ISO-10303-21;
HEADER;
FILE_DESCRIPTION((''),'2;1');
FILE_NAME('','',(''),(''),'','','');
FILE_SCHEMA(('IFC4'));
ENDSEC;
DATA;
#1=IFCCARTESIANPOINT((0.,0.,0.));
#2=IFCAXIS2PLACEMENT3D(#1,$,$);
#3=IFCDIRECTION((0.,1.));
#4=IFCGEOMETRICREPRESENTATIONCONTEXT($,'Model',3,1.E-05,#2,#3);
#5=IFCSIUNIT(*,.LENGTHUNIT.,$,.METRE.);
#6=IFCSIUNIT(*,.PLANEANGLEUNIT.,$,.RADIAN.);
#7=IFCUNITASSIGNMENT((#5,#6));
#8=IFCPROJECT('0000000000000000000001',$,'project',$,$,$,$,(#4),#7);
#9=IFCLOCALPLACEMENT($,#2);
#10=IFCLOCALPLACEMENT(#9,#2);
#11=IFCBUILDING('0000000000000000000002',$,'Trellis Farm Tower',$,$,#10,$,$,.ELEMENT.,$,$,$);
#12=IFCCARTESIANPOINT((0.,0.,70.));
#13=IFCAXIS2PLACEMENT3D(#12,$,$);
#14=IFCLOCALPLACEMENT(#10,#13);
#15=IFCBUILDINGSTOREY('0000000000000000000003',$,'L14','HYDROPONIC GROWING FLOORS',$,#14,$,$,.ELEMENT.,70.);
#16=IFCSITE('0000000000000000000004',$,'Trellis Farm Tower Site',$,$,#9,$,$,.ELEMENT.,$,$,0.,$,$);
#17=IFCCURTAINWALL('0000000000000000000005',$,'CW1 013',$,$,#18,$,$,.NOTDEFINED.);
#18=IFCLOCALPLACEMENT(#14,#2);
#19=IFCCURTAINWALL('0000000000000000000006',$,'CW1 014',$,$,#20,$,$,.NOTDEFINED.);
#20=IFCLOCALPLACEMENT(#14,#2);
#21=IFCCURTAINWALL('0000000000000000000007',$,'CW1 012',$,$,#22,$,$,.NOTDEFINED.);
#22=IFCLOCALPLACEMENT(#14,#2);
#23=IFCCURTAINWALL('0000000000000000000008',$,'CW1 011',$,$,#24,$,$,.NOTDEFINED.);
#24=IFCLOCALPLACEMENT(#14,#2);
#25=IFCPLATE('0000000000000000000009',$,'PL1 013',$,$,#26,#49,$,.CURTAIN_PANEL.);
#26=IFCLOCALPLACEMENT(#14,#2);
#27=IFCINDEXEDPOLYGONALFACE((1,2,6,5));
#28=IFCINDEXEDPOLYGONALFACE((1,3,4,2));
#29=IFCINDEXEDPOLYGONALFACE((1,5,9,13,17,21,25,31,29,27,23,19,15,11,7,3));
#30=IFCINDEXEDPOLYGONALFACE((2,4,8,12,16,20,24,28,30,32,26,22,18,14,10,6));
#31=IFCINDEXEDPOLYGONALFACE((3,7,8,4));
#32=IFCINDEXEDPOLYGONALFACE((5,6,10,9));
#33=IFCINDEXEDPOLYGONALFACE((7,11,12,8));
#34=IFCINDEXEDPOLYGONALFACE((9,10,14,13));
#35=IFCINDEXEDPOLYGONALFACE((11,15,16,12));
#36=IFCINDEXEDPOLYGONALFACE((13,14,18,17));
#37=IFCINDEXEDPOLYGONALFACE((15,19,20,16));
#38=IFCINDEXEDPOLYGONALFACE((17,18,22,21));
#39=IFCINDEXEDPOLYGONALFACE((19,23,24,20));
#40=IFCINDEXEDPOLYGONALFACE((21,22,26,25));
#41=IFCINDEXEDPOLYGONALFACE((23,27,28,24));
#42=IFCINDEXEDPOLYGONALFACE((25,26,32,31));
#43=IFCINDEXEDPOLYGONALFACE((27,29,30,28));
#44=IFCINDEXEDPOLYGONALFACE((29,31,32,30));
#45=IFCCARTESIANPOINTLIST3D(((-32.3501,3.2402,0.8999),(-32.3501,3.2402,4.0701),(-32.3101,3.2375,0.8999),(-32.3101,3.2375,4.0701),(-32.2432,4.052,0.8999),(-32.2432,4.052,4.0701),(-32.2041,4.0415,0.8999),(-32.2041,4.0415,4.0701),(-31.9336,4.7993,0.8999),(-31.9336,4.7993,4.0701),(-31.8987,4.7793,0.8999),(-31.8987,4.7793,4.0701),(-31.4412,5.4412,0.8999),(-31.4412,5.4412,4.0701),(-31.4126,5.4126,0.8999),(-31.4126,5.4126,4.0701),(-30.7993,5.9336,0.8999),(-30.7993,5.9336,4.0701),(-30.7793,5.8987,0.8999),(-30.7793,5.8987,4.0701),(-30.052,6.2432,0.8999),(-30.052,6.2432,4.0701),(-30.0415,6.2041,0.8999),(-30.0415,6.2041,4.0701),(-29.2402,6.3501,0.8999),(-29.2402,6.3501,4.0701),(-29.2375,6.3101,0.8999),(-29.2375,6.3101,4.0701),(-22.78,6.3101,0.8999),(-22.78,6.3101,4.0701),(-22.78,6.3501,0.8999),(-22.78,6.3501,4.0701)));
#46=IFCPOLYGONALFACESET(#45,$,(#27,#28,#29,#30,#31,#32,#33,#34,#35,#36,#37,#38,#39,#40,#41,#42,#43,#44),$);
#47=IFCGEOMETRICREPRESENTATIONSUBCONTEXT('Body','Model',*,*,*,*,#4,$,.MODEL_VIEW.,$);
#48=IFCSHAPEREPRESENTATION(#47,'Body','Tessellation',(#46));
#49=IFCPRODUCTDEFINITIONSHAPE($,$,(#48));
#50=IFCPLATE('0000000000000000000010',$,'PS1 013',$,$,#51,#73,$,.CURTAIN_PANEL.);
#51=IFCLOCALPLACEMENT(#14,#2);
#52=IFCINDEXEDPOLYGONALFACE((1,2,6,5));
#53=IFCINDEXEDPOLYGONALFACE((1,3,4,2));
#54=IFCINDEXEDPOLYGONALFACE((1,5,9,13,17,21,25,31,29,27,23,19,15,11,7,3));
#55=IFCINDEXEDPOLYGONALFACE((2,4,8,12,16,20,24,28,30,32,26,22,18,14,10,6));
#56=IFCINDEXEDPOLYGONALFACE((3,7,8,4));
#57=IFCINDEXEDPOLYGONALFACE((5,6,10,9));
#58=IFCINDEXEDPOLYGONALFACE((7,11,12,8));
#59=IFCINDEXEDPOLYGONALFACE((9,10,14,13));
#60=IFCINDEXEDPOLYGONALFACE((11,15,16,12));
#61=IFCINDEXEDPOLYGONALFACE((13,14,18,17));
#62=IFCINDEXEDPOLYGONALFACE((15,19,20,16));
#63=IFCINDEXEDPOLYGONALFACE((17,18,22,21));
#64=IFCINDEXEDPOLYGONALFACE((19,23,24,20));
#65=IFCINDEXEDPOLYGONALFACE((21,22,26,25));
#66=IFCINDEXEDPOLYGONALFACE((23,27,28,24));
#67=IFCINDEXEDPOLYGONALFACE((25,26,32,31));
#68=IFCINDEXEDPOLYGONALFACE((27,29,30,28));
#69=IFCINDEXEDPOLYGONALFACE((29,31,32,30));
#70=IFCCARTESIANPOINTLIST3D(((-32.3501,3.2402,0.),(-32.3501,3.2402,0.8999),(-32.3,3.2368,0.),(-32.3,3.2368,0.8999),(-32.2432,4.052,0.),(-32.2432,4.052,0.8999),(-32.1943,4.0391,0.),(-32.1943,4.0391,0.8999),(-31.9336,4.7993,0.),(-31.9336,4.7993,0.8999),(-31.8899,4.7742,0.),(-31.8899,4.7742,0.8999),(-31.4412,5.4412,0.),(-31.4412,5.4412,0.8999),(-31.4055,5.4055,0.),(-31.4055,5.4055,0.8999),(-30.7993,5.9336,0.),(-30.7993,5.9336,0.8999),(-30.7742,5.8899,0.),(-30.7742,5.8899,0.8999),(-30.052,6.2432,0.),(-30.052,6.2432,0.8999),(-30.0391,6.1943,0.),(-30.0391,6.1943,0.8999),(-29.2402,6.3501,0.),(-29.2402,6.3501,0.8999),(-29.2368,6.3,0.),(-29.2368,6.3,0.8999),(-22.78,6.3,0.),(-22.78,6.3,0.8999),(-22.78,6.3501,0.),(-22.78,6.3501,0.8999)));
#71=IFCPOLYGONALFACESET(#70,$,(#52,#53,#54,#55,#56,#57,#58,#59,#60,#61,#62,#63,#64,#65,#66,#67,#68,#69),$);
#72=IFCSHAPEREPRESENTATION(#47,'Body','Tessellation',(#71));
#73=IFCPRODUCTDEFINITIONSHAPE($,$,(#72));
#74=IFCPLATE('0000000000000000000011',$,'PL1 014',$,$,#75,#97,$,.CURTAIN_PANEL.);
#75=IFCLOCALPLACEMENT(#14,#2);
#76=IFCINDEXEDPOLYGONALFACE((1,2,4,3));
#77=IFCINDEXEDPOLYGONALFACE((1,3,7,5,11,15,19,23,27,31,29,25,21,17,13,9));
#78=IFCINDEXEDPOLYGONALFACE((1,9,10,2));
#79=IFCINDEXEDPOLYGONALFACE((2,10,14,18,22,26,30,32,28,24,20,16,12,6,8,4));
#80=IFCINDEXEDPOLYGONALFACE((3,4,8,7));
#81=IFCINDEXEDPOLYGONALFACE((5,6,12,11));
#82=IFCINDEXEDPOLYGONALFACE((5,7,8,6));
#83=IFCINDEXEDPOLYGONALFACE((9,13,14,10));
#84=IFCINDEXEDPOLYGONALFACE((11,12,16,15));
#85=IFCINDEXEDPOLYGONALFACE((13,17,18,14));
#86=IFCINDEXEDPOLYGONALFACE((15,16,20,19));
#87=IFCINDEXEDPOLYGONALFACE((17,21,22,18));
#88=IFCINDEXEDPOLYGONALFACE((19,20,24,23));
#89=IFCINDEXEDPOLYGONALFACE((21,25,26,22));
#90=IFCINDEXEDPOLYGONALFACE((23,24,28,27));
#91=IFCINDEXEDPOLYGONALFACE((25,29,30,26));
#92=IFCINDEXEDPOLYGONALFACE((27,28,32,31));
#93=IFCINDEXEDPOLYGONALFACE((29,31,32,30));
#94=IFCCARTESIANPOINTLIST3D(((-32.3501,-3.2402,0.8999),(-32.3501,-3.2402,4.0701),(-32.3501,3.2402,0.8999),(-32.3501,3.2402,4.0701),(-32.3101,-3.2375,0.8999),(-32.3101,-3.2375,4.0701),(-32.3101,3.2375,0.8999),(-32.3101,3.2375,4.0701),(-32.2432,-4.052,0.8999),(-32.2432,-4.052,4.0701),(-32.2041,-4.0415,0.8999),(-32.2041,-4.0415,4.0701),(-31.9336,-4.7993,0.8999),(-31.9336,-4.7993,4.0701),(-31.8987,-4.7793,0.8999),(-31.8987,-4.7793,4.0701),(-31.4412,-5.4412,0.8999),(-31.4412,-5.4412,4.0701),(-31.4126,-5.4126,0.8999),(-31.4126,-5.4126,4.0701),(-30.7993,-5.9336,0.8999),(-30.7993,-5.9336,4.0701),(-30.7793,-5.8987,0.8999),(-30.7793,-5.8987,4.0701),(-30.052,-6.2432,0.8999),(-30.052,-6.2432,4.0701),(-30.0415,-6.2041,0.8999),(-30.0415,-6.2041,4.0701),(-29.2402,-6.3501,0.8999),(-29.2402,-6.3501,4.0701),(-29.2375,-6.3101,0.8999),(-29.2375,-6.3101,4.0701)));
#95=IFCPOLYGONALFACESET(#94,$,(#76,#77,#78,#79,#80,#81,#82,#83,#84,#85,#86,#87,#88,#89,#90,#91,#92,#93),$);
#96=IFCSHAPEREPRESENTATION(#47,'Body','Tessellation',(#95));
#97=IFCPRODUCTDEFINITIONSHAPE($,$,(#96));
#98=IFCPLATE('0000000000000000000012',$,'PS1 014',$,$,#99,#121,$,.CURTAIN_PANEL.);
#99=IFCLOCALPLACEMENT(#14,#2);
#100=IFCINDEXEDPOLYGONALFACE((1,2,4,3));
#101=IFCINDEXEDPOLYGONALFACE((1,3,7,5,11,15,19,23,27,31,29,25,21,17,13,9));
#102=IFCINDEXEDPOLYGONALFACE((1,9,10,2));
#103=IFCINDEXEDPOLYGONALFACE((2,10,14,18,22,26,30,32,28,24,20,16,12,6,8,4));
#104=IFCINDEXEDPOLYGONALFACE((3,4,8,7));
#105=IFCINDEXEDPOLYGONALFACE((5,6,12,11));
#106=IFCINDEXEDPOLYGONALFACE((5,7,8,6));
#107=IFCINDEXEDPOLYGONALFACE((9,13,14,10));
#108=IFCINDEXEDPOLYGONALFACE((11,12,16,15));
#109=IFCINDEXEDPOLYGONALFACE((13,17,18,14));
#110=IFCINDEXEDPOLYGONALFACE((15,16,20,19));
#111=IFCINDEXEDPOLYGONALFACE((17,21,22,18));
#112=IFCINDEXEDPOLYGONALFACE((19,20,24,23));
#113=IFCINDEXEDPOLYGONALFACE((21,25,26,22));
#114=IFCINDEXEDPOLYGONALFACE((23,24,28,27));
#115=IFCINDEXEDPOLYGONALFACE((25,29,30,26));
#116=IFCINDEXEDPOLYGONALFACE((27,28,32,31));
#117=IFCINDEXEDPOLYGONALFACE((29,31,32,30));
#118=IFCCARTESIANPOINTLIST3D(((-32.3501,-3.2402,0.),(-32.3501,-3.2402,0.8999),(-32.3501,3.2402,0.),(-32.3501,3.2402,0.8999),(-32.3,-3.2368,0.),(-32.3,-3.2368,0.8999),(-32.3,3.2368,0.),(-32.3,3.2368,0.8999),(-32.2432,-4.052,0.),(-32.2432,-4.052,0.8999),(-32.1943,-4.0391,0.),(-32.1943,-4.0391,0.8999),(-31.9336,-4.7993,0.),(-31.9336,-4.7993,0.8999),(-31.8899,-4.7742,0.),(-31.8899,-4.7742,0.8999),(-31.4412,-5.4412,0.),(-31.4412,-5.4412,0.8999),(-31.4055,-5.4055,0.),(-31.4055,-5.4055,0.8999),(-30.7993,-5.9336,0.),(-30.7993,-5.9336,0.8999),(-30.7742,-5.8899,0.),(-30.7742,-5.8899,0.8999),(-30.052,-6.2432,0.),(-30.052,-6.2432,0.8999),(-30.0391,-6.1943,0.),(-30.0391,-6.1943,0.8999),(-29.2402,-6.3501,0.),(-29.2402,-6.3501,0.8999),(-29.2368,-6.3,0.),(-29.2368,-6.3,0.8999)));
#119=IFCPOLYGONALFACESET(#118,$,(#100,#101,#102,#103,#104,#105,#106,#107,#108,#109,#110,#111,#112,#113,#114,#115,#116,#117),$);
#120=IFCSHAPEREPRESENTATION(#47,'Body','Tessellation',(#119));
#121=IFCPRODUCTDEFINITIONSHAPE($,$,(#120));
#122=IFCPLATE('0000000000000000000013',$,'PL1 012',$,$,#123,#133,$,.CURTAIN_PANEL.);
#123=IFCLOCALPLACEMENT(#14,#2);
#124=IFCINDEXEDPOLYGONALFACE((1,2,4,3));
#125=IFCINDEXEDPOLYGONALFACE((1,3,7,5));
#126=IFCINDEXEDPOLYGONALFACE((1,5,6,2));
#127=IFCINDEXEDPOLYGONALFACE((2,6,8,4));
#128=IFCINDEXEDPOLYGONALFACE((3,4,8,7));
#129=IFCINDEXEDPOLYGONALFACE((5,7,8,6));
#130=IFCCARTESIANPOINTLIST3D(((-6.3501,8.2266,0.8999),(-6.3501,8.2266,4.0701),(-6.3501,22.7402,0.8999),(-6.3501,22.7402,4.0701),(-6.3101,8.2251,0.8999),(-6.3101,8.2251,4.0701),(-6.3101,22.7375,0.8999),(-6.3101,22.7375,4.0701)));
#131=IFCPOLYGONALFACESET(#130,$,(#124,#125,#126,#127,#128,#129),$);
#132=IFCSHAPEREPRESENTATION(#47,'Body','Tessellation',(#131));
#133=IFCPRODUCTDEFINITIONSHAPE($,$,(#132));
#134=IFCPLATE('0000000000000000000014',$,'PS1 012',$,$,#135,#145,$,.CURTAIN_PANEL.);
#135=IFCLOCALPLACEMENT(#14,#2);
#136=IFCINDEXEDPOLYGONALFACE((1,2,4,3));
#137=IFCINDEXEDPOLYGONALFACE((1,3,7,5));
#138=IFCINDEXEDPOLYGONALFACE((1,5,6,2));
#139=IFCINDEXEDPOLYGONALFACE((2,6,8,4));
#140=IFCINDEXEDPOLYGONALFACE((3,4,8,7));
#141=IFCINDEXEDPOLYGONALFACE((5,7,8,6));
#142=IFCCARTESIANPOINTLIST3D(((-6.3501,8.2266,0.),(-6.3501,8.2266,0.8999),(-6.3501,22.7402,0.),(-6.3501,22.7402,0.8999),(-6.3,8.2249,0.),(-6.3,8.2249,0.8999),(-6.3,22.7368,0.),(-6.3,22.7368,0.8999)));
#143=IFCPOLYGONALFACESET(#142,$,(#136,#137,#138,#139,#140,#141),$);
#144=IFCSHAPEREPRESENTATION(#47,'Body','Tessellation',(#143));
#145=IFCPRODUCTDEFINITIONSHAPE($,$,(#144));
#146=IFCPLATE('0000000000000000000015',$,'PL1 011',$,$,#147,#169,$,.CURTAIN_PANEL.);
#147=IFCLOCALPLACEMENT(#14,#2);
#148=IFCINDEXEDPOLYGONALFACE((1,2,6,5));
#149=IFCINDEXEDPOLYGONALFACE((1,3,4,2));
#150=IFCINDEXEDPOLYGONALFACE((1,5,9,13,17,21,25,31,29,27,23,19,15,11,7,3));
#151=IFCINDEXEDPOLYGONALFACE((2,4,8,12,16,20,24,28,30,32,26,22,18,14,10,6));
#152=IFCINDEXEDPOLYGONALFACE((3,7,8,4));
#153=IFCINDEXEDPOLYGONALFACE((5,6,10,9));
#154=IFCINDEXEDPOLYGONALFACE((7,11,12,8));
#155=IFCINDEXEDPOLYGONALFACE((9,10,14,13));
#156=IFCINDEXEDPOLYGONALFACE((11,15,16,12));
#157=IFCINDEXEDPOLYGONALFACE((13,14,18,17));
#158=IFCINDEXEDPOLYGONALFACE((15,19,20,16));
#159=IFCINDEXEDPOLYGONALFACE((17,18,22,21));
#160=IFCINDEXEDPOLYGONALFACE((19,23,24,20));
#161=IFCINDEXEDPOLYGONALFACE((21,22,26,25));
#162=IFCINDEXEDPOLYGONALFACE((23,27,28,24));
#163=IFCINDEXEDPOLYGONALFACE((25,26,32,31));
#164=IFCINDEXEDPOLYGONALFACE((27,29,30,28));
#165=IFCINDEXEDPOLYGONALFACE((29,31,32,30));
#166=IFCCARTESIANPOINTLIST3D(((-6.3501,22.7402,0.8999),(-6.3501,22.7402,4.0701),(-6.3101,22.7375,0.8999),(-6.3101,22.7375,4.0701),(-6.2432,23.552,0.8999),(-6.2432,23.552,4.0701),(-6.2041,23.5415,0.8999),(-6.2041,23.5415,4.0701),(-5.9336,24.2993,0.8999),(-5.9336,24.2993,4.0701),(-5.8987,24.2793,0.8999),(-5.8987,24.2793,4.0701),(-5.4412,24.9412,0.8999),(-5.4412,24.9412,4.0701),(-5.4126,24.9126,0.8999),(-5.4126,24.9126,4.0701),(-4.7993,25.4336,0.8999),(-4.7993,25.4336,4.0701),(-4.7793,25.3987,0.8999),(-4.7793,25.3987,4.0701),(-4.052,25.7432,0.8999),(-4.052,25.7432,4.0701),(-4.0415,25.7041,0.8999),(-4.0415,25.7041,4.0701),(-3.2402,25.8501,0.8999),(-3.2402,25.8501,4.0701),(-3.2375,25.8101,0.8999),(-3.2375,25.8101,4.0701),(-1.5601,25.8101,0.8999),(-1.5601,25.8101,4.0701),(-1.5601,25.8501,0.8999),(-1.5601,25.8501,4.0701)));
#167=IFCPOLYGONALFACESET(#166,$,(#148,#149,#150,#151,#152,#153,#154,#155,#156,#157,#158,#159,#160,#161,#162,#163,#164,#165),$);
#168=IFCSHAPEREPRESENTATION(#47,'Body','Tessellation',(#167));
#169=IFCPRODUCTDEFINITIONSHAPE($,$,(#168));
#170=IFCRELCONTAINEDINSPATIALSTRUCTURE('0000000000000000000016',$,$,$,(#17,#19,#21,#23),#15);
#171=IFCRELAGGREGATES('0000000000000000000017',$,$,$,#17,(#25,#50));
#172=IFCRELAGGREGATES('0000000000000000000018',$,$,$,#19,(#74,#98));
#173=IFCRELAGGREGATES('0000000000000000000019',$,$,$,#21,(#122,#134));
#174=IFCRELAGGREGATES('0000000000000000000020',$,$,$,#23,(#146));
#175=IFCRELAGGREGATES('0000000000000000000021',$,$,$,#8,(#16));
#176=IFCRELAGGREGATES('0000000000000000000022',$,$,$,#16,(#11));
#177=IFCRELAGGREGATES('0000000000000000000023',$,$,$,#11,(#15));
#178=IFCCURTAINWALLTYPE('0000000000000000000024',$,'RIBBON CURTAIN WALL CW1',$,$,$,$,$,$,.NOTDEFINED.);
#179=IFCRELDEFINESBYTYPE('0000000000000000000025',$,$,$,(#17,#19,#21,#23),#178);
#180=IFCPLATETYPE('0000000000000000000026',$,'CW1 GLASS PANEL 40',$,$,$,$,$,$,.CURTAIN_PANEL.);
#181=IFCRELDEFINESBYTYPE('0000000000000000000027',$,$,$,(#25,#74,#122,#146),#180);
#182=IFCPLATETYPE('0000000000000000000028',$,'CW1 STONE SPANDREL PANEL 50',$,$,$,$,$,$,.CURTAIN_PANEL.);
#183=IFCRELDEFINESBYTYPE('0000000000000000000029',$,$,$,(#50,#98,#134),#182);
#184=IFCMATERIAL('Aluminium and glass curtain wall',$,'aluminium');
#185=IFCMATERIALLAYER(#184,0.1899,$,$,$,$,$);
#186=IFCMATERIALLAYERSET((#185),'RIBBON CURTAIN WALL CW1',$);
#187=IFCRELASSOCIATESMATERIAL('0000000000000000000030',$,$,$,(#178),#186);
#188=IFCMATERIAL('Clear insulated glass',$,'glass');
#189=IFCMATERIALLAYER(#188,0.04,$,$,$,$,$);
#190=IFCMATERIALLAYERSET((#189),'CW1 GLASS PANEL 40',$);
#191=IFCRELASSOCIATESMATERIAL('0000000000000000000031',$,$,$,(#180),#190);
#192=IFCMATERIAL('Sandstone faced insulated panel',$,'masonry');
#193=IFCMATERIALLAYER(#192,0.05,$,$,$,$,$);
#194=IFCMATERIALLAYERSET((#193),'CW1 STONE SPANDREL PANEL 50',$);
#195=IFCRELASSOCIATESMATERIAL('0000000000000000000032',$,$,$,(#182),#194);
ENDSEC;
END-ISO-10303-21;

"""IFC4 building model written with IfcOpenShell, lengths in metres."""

from ifc_helpers import new_model, si_unit, direction, frame, origin, place, context, subcontext, project, spatial, polyline, outline, extrude, source, transform, mapped, material, layer, layer_set, type_object, element, aggregate, save


model = new_model("IFC4")

# Units and contexts
model_context = context("Model", 3, precision=1e-05, world=origin(), true_north=direction((0.0, 1.0)))
body_context = subcontext(model_context, "Body", "Model", "MODEL_VIEW")
ifc_project = project(units=[si_unit("LENGTHUNIT", "METRE"), si_unit("PLANEANGLEUNIT", "RADIAN")], contexts=[model_context])

# Site, building, storey
site_placement = place(None, origin())
site = spatial("IfcSite", under=ifc_project, at=site_placement, Name="Trellis Farm Tower Site", CompositionType="ELEMENT", RefElevation=0.0)
building_placement = place(site_placement, origin())
building = spatial("IfcBuilding", under=site, at=building_placement, Name="Trellis Farm Tower", CompositionType="ELEMENT")
storey_placement = place(building_placement, frame((0.0, 0.0, 70.0)))
storey = spatial("IfcBuildingStorey", under=building, at=storey_placement, Name="L14", Description="HYDROPONIC GROWING FLOORS", CompositionType="ELEMENT", Elevation=70.0)

# Curtain walls
ifc_material_1 = material(Name="Aluminium and glass curtain wall", Category="aluminium")
placement_1 = place(storey_placement, origin())
ifc_layer_1 = layer(ifc_material_1, 0.1899)
ifc_layer_set_1 = layer_set([ifc_layer_1], Name="RIBBON CURTAIN WALL CW1")
curtain_wall_type_1 = type_object("IfcCurtainWallType", Name="RIBBON CURTAIN WALL CW1", PredefinedType="NOTDEFINED", material=ifc_layer_set_1)
curtain_wall_1 = element("IfcCurtainWall", 1, at=placement_1, inside=storey, type_object=curtain_wall_type_1, Name="CW1 013", PredefinedType="NOTDEFINED")
curtain_wall_2 = element("IfcCurtainWall", 2, at=placement_1, inside=storey, type_object=curtain_wall_type_1, Name="CW1 014", PredefinedType="NOTDEFINED")
curtain_wall_3 = element("IfcCurtainWall", 3, at=placement_1, inside=storey, type_object=curtain_wall_type_1, Name="CW1 012", PredefinedType="NOTDEFINED")
curtain_wall_4 = element("IfcCurtainWall", 4, at=placement_1, inside=storey, type_object=curtain_wall_type_1, Name="CW1 011", PredefinedType="NOTDEFINED")

# Plates
ifc_material_2 = material(Name="Clear insulated glass", Category="glass")
ifc_layer_2 = layer(ifc_material_2, 0.04)
ifc_layer_set_2 = layer_set([ifc_layer_2], Name="CW1 GLASS PANEL 40")
plate_type_1 = type_object("IfcPlateType", Name="CW1 GLASS PANEL 40", PredefinedType="CURTAIN_PANEL", material=ifc_layer_set_2)
shared_shape_1 = source(origin(), body_context, "Body", "SweptSolid", [
    extrude(outline(polyline([(-22.78, 6.3501), (-29.2402, 6.3501), (-30.052, 6.2432), (-30.7993, 5.9336), (-31.4412, 5.4412), (-31.9336, 4.7993), (-32.2432, 4.052), (-32.3501, 3.2402), (-32.3101, 3.2375), (-32.2041, 4.0415), (-31.8987, 4.7793), (-31.4126, 5.4126), (-30.7793, 5.8987), (-30.0415, 6.2041), (-29.2375, 6.3101), (-22.78, 6.3101), (-22.78, 6.3501)])), origin(), (0.0, 0.0, 1.0), 3.1702),
])
placement_2 = place(storey_placement, frame((0.0, 0.0, 0.8999)))
plate_1 = element("IfcPlate", 5, at=placement_2, type_object=plate_type_1, Name="PL1 013", PredefinedType="CURTAIN_PANEL", context=body_context, shape_type="MappedRepresentation", body=[
    mapped(shared_shape_1, transform((0.0, 0.0, 0.0))),
])
ifc_material_3 = material(Name="Sandstone faced insulated panel", Category="masonry")
ifc_layer_3 = layer(ifc_material_3, 0.05)
ifc_layer_set_3 = layer_set([ifc_layer_3], Name="CW1 STONE SPANDREL PANEL 50")
plate_type_2 = type_object("IfcPlateType", Name="CW1 STONE SPANDREL PANEL 50", PredefinedType="CURTAIN_PANEL", material=ifc_layer_set_3)
shared_shape_2 = source(origin(), body_context, "Body", "SweptSolid", [
    extrude(outline(polyline([(-22.78, 6.3501), (-29.2402, 6.3501), (-30.052, 6.2432), (-30.7993, 5.9336), (-31.4412, 5.4412), (-31.9336, 4.7993), (-32.2432, 4.052), (-32.3501, 3.2402), (-32.3, 3.2368), (-32.1943, 4.0391), (-31.8899, 4.7742), (-31.4055, 5.4055), (-30.7742, 5.8899), (-30.0391, 6.1943), (-29.2368, 6.3), (-22.78, 6.3), (-22.78, 6.3501)])), origin(), (0.0, 0.0, 1.0), 0.8999),
])
plate_2 = element("IfcPlate", 6, at=placement_1, type_object=plate_type_2, Name="PS1 013", PredefinedType="CURTAIN_PANEL", context=body_context, shape_type="MappedRepresentation", body=[
    mapped(shared_shape_2, transform((0.0, 0.0, 0.0))),
])
aggregate(curtain_wall_1, [plate_1, plate_2])
shared_shape_3 = source(origin(), body_context, "Body", "SweptSolid", [
    extrude(outline(polyline([(-32.3501, 3.2402), (-32.3501, -3.2402), (-32.2432, -4.052), (-31.9336, -4.7993), (-31.4412, -5.4412), (-30.7993, -5.9336), (-30.052, -6.2432), (-29.2402, -6.3501), (-29.2375, -6.3101), (-30.0415, -6.2041), (-30.7793, -5.8987), (-31.4126, -5.4126), (-31.8987, -4.7793), (-32.2041, -4.0415), (-32.3101, -3.2375), (-32.3101, 3.2375), (-32.3501, 3.2402)])), origin(), (0.0, 0.0, 1.0), 3.1702),
])
plate_3 = element("IfcPlate", 7, at=placement_2, type_object=plate_type_1, Name="PL1 014", PredefinedType="CURTAIN_PANEL", context=body_context, shape_type="MappedRepresentation", body=[
    mapped(shared_shape_3, transform((0.0, 0.0, 0.0))),
])
shared_shape_4 = source(origin(), body_context, "Body", "SweptSolid", [
    extrude(outline(polyline([(-32.3501, 3.2402), (-32.3501, -3.2402), (-32.2432, -4.052), (-31.9336, -4.7993), (-31.4412, -5.4412), (-30.7993, -5.9336), (-30.052, -6.2432), (-29.2402, -6.3501), (-29.2368, -6.3), (-30.0391, -6.1943), (-30.7742, -5.8899), (-31.4055, -5.4055), (-31.8899, -4.7742), (-32.1943, -4.0391), (-32.3, -3.2368), (-32.3, 3.2368), (-32.3501, 3.2402)])), origin(), (0.0, 0.0, 1.0), 0.8999),
])
plate_4 = element("IfcPlate", 8, at=placement_1, type_object=plate_type_2, Name="PS1 014", PredefinedType="CURTAIN_PANEL", context=body_context, shape_type="MappedRepresentation", body=[
    mapped(shared_shape_4, transform((0.0, 0.0, 0.0))),
])
aggregate(curtain_wall_2, [plate_3, plate_4])
shared_shape_5 = source(origin(), body_context, "Body", "SweptSolid", [
    extrude(outline(polyline([(-6.3501, 22.7402), (-6.3501, 8.2266), (-6.3101, 8.2251), (-6.3101, 22.7375), (-6.3501, 22.7402)])), origin(), (0.0, 0.0, 1.0), 3.1702),
])
plate_5 = element("IfcPlate", 9, at=placement_2, type_object=plate_type_1, Name="PL1 012", PredefinedType="CURTAIN_PANEL", context=body_context, shape_type="MappedRepresentation", body=[
    mapped(shared_shape_5, transform((0.0, 0.0, 0.0))),
])
shared_shape_6 = source(origin(), body_context, "Body", "SweptSolid", [
    extrude(outline(polyline([(-6.3501, 22.7402), (-6.3501, 8.2266), (-6.3, 8.2249), (-6.3, 22.7368), (-6.3501, 22.7402)])), origin(), (0.0, 0.0, 1.0), 0.8999),
])
plate_6 = element("IfcPlate", 10, at=placement_1, type_object=plate_type_2, Name="PS1 012", PredefinedType="CURTAIN_PANEL", context=body_context, shape_type="MappedRepresentation", body=[
    mapped(shared_shape_6, transform((0.0, 0.0, 0.0))),
])
aggregate(curtain_wall_3, [plate_5, plate_6])
shared_shape_7 = source(origin(), body_context, "Body", "SweptSolid", [
    extrude(outline(polyline([(-1.5601, 25.8501), (-3.2402, 25.8501), (-4.052, 25.7432), (-4.7993, 25.4336), (-5.4412, 24.9412), (-5.9336, 24.2993), (-6.2432, 23.552), (-6.3501, 22.7402), (-6.3101, 22.7375), (-6.2041, 23.5415), (-5.8987, 24.2793), (-5.4126, 24.9126), (-4.7793, 25.3987), (-4.0415, 25.7041), (-3.2375, 25.8101), (-1.5601, 25.8101), (-1.5601, 25.8501)])), origin(), (0.0, 0.0, 1.0), 3.1702),
])
plate_7 = element("IfcPlate", 11, at=placement_2, type_object=plate_type_1, Name="PL1 011", PredefinedType="CURTAIN_PANEL", context=body_context, shape_type="MappedRepresentation", body=[
    mapped(shared_shape_7, transform((0.0, 0.0, 0.0))),
])
aggregate(curtain_wall_4, [plate_7])

save(model, "model.ifc")
